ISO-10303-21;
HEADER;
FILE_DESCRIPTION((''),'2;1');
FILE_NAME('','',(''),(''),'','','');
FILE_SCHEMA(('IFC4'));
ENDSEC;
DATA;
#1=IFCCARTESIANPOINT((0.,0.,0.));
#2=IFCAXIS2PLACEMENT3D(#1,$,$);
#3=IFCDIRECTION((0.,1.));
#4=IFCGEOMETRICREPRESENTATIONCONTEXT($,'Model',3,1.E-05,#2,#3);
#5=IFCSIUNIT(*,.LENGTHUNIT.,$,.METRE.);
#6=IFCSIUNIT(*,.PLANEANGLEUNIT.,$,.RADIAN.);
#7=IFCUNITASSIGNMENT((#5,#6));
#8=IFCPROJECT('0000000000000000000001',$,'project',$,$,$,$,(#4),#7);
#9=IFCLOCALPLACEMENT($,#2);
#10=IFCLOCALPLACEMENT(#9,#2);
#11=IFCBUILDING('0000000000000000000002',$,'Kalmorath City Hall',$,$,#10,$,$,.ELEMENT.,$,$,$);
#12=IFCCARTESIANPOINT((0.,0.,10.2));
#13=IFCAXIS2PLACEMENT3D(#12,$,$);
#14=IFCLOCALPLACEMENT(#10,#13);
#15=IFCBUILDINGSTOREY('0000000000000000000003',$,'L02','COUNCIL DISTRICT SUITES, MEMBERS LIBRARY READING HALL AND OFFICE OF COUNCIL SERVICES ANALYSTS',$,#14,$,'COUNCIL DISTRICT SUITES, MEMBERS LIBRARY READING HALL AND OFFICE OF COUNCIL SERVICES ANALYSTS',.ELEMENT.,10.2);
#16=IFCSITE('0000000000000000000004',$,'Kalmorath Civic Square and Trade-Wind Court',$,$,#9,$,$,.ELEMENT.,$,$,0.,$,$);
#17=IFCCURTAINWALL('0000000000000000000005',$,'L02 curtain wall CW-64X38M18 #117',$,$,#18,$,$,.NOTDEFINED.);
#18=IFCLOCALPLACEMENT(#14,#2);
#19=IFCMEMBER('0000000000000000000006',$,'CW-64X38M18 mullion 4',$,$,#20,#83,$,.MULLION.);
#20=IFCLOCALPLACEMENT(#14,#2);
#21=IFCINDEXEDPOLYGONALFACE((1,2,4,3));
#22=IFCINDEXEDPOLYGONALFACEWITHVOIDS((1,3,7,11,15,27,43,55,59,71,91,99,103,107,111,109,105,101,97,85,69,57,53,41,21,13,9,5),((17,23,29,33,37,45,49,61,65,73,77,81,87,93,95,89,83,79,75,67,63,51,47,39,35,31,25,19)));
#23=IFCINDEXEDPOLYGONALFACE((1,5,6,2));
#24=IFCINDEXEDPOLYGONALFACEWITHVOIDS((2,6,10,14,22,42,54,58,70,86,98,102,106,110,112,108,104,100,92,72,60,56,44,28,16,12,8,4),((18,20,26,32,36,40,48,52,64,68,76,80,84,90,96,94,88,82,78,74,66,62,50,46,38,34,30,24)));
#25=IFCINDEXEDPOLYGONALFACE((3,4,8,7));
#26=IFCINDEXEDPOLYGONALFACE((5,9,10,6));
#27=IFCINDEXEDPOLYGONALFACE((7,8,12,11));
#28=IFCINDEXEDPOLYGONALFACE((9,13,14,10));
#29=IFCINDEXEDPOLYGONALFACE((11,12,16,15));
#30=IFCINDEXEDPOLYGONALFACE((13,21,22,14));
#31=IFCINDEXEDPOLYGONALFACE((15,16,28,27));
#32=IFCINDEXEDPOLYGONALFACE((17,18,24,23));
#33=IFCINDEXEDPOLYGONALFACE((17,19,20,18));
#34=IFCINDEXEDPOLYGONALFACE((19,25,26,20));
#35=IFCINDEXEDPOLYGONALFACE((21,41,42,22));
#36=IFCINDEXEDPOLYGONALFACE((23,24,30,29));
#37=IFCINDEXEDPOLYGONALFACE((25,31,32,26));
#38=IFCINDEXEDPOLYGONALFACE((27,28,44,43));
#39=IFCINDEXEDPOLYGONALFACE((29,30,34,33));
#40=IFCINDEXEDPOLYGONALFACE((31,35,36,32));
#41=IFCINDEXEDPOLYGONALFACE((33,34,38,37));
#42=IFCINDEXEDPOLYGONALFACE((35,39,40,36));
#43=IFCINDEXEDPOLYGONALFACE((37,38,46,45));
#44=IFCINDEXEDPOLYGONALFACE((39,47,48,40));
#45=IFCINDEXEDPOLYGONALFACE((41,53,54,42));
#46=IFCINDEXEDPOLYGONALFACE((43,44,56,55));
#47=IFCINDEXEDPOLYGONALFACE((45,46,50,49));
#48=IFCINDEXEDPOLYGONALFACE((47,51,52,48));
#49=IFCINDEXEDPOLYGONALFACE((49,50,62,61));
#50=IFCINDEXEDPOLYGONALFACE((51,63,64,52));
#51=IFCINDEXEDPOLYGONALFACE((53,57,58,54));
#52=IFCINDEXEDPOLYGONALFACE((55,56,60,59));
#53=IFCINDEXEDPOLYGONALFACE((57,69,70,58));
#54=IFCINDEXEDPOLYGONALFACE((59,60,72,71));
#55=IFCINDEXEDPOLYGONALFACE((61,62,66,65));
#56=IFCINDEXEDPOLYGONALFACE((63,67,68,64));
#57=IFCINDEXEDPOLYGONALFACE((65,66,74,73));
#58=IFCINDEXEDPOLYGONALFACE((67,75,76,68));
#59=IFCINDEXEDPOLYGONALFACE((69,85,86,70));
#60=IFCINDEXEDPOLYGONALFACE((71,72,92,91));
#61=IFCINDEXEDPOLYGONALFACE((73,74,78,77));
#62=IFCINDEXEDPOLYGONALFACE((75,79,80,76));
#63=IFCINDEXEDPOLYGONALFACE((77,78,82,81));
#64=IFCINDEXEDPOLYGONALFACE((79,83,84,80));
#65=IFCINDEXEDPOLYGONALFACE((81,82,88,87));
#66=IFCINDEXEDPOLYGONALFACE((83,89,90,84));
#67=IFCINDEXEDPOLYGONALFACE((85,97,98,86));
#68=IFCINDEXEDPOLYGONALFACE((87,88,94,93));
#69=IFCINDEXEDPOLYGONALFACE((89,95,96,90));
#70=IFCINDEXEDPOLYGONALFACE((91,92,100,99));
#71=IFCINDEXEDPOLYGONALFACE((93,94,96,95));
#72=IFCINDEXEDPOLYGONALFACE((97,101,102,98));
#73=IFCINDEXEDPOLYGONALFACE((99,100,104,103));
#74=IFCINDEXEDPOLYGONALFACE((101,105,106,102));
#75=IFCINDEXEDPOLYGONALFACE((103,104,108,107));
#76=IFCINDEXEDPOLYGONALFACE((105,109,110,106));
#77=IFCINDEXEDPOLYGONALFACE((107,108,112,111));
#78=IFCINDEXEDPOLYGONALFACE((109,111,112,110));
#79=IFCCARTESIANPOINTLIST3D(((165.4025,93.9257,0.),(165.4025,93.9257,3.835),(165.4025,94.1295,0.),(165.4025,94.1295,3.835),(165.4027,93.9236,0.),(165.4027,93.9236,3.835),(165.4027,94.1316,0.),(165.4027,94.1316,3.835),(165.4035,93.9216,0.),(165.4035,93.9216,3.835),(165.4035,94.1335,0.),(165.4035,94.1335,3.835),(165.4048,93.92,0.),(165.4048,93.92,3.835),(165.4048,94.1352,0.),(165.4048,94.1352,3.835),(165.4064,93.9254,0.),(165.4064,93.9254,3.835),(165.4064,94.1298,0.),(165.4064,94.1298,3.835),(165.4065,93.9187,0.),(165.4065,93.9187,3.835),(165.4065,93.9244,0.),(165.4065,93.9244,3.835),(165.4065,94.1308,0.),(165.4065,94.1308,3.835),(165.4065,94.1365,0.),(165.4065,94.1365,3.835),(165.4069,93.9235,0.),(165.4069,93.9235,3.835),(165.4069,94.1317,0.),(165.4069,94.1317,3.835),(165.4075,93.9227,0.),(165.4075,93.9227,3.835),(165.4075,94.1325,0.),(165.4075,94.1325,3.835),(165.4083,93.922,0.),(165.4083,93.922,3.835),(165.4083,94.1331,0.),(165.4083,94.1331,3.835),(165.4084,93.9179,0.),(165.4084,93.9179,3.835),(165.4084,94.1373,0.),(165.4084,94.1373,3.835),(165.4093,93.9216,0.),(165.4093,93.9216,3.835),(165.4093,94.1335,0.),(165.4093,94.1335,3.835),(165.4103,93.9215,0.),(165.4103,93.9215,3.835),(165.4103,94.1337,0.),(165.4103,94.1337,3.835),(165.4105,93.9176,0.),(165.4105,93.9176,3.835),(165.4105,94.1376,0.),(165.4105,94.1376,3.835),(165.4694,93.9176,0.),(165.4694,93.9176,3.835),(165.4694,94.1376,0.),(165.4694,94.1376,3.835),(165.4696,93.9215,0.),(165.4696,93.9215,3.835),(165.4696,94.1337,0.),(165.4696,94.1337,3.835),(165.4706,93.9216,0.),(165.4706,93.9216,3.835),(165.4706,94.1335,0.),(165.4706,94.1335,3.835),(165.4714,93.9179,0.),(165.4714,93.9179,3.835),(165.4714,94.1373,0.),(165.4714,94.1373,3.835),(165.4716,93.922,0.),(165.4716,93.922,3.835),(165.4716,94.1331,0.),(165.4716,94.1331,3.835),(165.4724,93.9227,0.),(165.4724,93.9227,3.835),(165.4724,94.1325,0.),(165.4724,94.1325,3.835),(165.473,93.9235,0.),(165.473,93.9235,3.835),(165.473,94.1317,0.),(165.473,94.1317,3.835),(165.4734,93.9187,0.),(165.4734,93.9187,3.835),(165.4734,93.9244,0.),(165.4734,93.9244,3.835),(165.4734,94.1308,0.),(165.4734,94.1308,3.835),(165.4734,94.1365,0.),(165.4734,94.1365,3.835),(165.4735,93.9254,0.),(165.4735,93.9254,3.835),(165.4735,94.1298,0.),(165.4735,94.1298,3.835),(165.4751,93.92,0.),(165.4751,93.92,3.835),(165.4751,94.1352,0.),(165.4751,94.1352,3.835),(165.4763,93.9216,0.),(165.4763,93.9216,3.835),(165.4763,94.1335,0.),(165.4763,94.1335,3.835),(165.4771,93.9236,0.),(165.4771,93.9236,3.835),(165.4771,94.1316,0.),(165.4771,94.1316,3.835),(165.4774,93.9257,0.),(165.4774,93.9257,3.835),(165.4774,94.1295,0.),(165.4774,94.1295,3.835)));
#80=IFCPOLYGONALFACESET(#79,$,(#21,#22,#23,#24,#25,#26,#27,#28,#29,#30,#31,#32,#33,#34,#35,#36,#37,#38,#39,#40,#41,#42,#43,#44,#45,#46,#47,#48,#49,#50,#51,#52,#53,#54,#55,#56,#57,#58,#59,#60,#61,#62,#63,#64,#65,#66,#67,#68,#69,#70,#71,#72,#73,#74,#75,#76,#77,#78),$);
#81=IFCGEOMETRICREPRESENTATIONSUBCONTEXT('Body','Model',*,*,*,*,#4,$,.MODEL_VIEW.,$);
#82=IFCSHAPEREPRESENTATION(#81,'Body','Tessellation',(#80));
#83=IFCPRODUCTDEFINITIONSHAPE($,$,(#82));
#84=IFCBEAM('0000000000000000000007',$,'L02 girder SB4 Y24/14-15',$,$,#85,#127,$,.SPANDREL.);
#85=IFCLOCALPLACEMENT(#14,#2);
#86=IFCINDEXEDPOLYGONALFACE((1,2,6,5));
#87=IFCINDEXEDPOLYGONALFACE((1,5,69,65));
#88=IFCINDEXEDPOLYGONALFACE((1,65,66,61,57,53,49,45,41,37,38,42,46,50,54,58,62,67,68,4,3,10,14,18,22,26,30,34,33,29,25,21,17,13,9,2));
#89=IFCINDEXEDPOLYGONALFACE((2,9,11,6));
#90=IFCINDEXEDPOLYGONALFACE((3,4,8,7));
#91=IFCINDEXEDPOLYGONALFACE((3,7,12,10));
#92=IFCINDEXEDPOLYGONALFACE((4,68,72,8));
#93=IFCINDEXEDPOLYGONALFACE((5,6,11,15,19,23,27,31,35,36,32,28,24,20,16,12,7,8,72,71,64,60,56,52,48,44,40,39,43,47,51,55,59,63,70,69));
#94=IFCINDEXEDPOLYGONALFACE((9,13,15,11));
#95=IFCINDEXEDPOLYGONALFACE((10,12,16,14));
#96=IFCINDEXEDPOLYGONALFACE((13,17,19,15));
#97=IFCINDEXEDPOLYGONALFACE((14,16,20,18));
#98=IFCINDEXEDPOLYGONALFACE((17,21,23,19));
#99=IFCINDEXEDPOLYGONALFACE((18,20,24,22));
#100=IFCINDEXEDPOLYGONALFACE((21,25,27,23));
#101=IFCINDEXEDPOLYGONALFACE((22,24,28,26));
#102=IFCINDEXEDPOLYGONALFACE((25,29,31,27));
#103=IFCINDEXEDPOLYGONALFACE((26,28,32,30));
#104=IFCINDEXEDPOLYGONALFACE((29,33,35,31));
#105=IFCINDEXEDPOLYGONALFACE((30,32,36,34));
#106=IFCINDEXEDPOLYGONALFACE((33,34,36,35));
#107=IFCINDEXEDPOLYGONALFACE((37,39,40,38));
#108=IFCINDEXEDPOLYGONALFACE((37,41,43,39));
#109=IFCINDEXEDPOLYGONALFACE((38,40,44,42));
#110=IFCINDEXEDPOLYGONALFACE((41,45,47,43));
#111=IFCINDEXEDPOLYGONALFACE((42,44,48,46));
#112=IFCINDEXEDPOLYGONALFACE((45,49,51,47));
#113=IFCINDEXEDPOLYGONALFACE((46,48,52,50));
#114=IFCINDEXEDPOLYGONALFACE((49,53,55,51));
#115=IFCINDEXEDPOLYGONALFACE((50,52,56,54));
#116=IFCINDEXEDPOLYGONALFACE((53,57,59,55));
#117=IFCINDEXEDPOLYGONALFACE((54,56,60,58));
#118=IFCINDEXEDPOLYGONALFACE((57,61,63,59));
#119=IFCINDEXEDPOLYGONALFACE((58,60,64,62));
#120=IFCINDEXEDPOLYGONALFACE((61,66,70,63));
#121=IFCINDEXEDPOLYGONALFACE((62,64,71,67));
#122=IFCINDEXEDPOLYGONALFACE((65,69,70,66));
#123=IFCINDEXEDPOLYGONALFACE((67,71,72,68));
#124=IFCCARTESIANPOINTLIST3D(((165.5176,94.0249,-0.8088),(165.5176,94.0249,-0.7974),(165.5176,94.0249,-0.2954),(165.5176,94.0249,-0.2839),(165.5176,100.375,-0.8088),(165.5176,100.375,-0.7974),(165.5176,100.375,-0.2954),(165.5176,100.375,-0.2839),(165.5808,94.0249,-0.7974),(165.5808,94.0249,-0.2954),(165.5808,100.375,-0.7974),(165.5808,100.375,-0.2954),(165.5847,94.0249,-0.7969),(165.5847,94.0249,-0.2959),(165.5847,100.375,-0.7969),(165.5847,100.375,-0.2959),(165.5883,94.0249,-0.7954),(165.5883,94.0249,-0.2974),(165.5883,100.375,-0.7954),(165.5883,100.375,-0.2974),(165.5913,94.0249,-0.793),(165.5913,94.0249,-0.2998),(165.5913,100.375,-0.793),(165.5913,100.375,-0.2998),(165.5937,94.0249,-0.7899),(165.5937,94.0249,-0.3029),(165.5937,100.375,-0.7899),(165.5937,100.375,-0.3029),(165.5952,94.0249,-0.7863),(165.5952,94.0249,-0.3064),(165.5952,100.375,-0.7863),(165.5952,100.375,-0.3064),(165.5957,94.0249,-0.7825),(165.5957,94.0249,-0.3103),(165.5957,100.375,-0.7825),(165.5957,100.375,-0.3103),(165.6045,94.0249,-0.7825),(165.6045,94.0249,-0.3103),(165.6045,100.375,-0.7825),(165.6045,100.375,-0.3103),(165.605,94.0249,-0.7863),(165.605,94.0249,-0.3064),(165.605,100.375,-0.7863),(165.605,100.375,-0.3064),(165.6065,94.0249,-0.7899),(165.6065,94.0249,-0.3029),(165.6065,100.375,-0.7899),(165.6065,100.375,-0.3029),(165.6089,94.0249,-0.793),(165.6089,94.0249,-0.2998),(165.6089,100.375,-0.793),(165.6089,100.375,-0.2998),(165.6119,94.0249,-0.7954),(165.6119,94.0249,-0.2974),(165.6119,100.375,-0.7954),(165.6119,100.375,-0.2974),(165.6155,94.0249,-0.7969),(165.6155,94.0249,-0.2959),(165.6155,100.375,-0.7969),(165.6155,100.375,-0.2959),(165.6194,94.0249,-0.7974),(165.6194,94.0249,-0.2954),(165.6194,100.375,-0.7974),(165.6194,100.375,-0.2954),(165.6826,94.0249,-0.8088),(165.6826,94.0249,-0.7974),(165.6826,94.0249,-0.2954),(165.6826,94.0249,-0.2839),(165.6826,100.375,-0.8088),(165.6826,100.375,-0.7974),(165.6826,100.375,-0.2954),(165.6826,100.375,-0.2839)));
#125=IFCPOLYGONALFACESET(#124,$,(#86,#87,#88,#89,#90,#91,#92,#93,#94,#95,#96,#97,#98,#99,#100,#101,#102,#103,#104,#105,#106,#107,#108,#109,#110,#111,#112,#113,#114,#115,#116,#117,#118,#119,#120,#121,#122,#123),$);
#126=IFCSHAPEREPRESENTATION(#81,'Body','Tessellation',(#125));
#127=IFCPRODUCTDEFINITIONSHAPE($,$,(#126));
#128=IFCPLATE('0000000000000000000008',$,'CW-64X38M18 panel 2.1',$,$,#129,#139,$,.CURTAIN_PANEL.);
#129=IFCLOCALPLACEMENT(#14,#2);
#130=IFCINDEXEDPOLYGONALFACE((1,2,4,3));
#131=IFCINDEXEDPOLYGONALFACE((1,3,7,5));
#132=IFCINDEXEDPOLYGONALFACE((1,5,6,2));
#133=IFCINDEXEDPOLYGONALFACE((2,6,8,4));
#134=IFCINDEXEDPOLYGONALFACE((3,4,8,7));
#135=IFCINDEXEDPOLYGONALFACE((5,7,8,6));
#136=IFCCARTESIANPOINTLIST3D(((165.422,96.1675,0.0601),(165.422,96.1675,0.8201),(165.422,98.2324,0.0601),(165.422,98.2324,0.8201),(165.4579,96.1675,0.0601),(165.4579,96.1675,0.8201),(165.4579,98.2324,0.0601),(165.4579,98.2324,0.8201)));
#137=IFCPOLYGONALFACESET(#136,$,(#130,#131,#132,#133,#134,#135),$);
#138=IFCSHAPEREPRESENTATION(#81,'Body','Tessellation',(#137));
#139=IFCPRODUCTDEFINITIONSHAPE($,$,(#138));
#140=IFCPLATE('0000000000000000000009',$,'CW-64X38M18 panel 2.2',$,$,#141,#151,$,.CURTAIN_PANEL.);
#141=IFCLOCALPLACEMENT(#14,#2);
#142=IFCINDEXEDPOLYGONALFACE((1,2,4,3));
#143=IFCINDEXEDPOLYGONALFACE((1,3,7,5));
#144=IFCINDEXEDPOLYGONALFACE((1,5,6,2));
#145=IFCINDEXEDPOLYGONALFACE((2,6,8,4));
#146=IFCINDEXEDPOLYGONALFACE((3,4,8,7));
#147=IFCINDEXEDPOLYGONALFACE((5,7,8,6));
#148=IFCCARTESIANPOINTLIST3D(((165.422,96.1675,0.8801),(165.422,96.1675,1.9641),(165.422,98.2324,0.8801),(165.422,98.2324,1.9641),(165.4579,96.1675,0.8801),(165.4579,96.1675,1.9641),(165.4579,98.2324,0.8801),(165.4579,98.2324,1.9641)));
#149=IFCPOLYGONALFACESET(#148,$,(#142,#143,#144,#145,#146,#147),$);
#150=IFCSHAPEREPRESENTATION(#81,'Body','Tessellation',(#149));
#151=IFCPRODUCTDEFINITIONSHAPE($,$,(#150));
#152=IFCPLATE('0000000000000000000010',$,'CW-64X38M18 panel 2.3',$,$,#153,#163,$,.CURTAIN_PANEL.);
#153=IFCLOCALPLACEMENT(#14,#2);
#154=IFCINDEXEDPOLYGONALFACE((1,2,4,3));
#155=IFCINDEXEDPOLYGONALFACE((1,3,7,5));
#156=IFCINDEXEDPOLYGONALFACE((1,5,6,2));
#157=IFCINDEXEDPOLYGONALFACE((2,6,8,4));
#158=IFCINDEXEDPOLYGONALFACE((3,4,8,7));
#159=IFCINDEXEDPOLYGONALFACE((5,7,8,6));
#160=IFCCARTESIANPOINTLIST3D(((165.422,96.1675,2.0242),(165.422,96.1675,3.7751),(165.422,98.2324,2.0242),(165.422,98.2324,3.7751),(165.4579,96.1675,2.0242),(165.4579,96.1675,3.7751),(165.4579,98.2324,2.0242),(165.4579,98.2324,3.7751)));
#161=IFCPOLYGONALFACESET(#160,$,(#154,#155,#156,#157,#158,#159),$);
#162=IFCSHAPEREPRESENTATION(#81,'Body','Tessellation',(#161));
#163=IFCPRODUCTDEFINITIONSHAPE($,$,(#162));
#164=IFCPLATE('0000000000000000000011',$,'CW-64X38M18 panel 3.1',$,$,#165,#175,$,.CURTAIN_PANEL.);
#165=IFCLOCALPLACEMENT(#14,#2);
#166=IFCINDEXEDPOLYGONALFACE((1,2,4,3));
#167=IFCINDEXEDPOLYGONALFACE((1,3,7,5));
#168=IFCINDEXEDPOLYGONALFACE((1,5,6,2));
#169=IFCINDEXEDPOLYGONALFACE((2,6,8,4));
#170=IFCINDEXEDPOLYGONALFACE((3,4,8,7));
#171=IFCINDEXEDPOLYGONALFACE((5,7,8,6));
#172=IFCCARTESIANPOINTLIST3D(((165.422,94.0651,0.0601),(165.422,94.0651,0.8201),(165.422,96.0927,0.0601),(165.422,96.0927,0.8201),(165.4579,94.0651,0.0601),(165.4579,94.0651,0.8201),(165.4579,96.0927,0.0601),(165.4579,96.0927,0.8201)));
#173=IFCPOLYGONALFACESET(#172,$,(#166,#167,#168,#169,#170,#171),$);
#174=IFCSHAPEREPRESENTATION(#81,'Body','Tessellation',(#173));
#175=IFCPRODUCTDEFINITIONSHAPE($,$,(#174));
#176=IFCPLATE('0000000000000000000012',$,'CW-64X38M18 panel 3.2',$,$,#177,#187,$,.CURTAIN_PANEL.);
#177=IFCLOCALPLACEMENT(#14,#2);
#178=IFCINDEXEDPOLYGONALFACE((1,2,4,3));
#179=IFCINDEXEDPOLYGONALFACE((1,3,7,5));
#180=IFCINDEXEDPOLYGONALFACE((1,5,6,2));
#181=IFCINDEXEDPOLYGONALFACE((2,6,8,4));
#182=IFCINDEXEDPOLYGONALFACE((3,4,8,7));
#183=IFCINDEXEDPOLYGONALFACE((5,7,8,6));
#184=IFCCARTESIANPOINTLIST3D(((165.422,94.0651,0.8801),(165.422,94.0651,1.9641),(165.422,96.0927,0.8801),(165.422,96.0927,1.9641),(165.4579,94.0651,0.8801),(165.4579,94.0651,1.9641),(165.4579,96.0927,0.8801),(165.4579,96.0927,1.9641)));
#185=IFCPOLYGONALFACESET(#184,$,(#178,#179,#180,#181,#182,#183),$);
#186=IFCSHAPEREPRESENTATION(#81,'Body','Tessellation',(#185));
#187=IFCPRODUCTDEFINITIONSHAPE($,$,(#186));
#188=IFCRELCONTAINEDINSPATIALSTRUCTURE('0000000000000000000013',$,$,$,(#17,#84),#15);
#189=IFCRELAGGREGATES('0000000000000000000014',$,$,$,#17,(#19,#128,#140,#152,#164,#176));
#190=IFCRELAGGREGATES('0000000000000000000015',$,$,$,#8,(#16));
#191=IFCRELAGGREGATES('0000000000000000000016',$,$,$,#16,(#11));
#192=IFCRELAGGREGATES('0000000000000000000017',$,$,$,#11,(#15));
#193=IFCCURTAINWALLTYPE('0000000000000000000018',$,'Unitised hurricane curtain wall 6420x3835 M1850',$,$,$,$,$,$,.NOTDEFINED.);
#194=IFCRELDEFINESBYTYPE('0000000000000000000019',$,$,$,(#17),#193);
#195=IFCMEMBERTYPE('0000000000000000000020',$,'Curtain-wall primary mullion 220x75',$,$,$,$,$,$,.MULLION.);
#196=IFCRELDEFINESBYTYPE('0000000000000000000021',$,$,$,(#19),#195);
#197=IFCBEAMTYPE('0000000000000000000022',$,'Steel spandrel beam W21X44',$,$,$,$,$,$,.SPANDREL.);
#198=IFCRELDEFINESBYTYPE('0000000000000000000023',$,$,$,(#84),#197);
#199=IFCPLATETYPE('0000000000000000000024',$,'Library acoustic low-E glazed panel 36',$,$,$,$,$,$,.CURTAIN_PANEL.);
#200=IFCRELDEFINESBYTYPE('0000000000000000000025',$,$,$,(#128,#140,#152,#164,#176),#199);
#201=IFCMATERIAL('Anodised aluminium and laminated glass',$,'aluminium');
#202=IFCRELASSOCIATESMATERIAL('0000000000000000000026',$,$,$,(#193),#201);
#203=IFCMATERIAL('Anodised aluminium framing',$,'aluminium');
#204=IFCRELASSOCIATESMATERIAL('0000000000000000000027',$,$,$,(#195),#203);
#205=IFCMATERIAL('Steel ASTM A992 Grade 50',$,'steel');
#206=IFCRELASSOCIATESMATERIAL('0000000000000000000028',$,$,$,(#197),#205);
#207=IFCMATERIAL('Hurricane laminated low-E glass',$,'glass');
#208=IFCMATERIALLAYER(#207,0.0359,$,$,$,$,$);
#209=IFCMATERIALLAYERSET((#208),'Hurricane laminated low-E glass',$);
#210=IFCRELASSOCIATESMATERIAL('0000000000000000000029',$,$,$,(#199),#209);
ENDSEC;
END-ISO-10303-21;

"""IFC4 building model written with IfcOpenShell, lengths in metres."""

from ifc_helpers import new_model, si_unit, direction, frame, origin, origin_2d, place, context, subcontext, project, spatial, rectangle, hollow_rectangle, i_section, extrude, material, layer, layer_set, material_profile, profile_set, type_object, element, aggregate, save


model = new_model("IFC4")

# Units and contexts
model_context = context("Model", 3, precision=1e-05, world=origin(), true_north=direction((0.0, 1.0)))
body_context = subcontext(model_context, "Body", "Model", "MODEL_VIEW")
ifc_project = project(units=[si_unit("LENGTHUNIT", "METRE"), si_unit("PLANEANGLEUNIT", "RADIAN")], contexts=[model_context])

# Site, building, storey
site_placement = place(None, origin())
site = spatial("IfcSite", under=ifc_project, at=site_placement, Name="Kalmorath Civic Square and Trade-Wind Court", CompositionType="ELEMENT", RefElevation=0.0)
building_placement = place(site_placement, origin())
building = spatial("IfcBuilding", under=site, at=building_placement, Name="Kalmorath City Hall", CompositionType="ELEMENT")
storey_placement = place(building_placement, frame((0.0, 0.0, 10.2)))
storey = spatial("IfcBuildingStorey", under=building, at=storey_placement, Name="L02", Description="COUNCIL DISTRICT SUITES, MEMBERS LIBRARY READING HALL AND OFFICE OF COUNCIL SERVICES ANALYSTS", LongName="COUNCIL DISTRICT SUITES, MEMBERS LIBRARY READING HALL AND OFFICE OF COUNCIL SERVICES ANALYSTS", CompositionType="ELEMENT", Elevation=10.2)

# Curtain wall, member
ifc_material_1 = material(Name="Anodised aluminium and laminated glass", Category="aluminium")
curtain_wall_type = type_object("IfcCurtainWallType", Name="Unitised hurricane curtain wall 6420x3835 M1850", PredefinedType="NOTDEFINED", material=ifc_material_1)
curtain_wall_placement = place(storey_placement, origin())
curtain_wall = element("IfcCurtainWall", 1, at=curtain_wall_placement, inside=storey, type_object=curtain_wall_type, Name="L02 curtain wall CW-64X38M18 #117", PredefinedType="NOTDEFINED")
ifc_material_2 = material(Name="Anodised aluminium framing", Category="aluminium")
ifc_material_profile_1 = material_profile(ifc_material_2, hollow_rectangle(XDim=0.075, YDim=0.22, WallThickness=0.0039, InnerFilletRadius=0.0039, OuterFilletRadius=0.0081, at=origin_2d()), Name="ALU-MUL-220X75X4")
ifc_profile_set_1 = profile_set([ifc_material_profile_1], Name="Anodised aluminium framing")
member_type_1 = type_object("IfcMemberType", Name="Curtain-wall primary mullion 220x75", PredefinedType="MULLION", material=ifc_profile_set_1)
member_1_placement = place(storey_placement, frame((165.4399, 94.0276, 0.0), z_axis=(0.0, 0.0, 1.0), x_axis=(1.0, 0.0, 0.0)))
member_1 = element("IfcMember", 2, at=member_1_placement, type_object=member_type_1, Name="CW-64X38M18 mullion 4", PredefinedType="MULLION", context=body_context, shape_type="SweptSolid", body=[
    extrude(hollow_rectangle(XDim=0.075, YDim=0.22, WallThickness=0.0039, InnerFilletRadius=0.0039, OuterFilletRadius=0.0081, at=origin_2d()), origin(), (0.0, 0.0, 1.0), 3.835),
])

# Beam
ifc_material_3 = material(Name="Steel ASTM A992 Grade 50", Category="steel")
ifc_material_profile_2 = material_profile(ifc_material_3, i_section(OverallWidth=0.165, OverallDepth=0.5249, WebThickness=0.0088, FlangeThickness=0.0115, FilletRadius=0.0149, at=origin_2d()), Name="W21X44")
ifc_profile_set_2 = profile_set([ifc_material_profile_2], Name="Steel ASTM A992 Grade 50")
beam_type = type_object("IfcBeamType", Name="Steel spandrel beam W21X44", PredefinedType="SPANDREL", material=ifc_profile_set_2)
beam_placement = place(storey_placement, frame((165.6001, 94.0249, -0.5464), z_axis=(0.0, 1.0, 0.0), x_axis=(-1.0, 0.0, 0.0)))
element("IfcBeam", 3, at=beam_placement, inside=storey, type_object=beam_type, Name="L02 girder SB4 Y24/14-15", PredefinedType="SPANDREL", context=body_context, shape_type="SweptSolid", body=[
    extrude(i_section(OverallWidth=0.165, OverallDepth=0.5249, WebThickness=0.0088, FlangeThickness=0.0115, FilletRadius=0.0149, at=origin_2d()), origin(), (0.0, 0.0, 1.0), 6.3501),
])

# Plates
ifc_material_4 = material(Name="Hurricane laminated low-E glass", Category="glass")
ifc_layer_1 = layer(ifc_material_4, 0.0359)
ifc_layer_set_1 = layer_set([ifc_layer_1], Name="Hurricane laminated low-E glass")
plate_type = type_object("IfcPlateType", Name="Library acoustic low-E glazed panel 36", PredefinedType="CURTAIN_PANEL", material=ifc_layer_set_1)
plate_1_placement = place(storey_placement, frame((165.4399, 97.2, 0.0601), z_axis=(0.0, 0.0, 1.0), x_axis=(0.0, -1.0, 0.0)))
plate_1 = element("IfcPlate", 4, at=plate_1_placement, type_object=plate_type, Name="CW-64X38M18 panel 2.1", PredefinedType="CURTAIN_PANEL", context=body_context, shape_type="SweptSolid", body=[
    extrude(rectangle(XDim=2.0649, YDim=0.0359, at=origin_2d()), origin(), (0.0, 0.0, 1.0), 0.76),
])
plate_2_placement = place(storey_placement, frame((165.4399, 97.2, 0.8801), z_axis=(0.0, 0.0, 1.0), x_axis=(0.0, -1.0, 0.0)))
plate_2 = element("IfcPlate", 5, at=plate_2_placement, type_object=plate_type, Name="CW-64X38M18 panel 2.2", PredefinedType="CURTAIN_PANEL", context=body_context, shape_type="SweptSolid", body=[
    extrude(rectangle(XDim=2.0649, YDim=0.0359, at=origin_2d()), origin(), (0.0, 0.0, 1.0), 1.084),
])
plate_3_placement = place(storey_placement, frame((165.4399, 97.2, 2.0242), z_axis=(0.0, 0.0, 1.0), x_axis=(0.0, -1.0, 0.0)))
plate_3 = element("IfcPlate", 6, at=plate_3_placement, type_object=plate_type, Name="CW-64X38M18 panel 2.3", PredefinedType="CURTAIN_PANEL", context=body_context, shape_type="SweptSolid", body=[
    extrude(rectangle(XDim=2.0649, YDim=0.0359, at=origin_2d()), origin(), (0.0, 0.0, 1.0), 1.751),
])
plate_4_placement = place(storey_placement, frame((165.4399, 95.0789, 0.0601), z_axis=(0.0, 0.0, 1.0), x_axis=(0.0, -1.0, 0.0)))
plate_4 = element("IfcPlate", 7, at=plate_4_placement, type_object=plate_type, Name="CW-64X38M18 panel 3.1", PredefinedType="CURTAIN_PANEL", context=body_context, shape_type="SweptSolid", body=[
    extrude(rectangle(XDim=2.0276, YDim=0.0359, at=origin_2d()), origin(), (0.0, 0.0, 1.0), 0.76),
])
plate_5_placement = place(storey_placement, frame((165.4399, 95.0789, 0.8801), z_axis=(0.0, 0.0, 1.0), x_axis=(0.0, -1.0, 0.0)))
plate_5 = element("IfcPlate", 8, at=plate_5_placement, type_object=plate_type, Name="CW-64X38M18 panel 3.2", PredefinedType="CURTAIN_PANEL", context=body_context, shape_type="SweptSolid", body=[
    extrude(rectangle(XDim=2.0276, YDim=0.0359, at=origin_2d()), origin(), (0.0, 0.0, 1.0), 1.084),
])
aggregate(curtain_wall, [member_1, plate_1, plate_2, plate_3, plate_4, plate_5])

save(model, "model.ifc")
